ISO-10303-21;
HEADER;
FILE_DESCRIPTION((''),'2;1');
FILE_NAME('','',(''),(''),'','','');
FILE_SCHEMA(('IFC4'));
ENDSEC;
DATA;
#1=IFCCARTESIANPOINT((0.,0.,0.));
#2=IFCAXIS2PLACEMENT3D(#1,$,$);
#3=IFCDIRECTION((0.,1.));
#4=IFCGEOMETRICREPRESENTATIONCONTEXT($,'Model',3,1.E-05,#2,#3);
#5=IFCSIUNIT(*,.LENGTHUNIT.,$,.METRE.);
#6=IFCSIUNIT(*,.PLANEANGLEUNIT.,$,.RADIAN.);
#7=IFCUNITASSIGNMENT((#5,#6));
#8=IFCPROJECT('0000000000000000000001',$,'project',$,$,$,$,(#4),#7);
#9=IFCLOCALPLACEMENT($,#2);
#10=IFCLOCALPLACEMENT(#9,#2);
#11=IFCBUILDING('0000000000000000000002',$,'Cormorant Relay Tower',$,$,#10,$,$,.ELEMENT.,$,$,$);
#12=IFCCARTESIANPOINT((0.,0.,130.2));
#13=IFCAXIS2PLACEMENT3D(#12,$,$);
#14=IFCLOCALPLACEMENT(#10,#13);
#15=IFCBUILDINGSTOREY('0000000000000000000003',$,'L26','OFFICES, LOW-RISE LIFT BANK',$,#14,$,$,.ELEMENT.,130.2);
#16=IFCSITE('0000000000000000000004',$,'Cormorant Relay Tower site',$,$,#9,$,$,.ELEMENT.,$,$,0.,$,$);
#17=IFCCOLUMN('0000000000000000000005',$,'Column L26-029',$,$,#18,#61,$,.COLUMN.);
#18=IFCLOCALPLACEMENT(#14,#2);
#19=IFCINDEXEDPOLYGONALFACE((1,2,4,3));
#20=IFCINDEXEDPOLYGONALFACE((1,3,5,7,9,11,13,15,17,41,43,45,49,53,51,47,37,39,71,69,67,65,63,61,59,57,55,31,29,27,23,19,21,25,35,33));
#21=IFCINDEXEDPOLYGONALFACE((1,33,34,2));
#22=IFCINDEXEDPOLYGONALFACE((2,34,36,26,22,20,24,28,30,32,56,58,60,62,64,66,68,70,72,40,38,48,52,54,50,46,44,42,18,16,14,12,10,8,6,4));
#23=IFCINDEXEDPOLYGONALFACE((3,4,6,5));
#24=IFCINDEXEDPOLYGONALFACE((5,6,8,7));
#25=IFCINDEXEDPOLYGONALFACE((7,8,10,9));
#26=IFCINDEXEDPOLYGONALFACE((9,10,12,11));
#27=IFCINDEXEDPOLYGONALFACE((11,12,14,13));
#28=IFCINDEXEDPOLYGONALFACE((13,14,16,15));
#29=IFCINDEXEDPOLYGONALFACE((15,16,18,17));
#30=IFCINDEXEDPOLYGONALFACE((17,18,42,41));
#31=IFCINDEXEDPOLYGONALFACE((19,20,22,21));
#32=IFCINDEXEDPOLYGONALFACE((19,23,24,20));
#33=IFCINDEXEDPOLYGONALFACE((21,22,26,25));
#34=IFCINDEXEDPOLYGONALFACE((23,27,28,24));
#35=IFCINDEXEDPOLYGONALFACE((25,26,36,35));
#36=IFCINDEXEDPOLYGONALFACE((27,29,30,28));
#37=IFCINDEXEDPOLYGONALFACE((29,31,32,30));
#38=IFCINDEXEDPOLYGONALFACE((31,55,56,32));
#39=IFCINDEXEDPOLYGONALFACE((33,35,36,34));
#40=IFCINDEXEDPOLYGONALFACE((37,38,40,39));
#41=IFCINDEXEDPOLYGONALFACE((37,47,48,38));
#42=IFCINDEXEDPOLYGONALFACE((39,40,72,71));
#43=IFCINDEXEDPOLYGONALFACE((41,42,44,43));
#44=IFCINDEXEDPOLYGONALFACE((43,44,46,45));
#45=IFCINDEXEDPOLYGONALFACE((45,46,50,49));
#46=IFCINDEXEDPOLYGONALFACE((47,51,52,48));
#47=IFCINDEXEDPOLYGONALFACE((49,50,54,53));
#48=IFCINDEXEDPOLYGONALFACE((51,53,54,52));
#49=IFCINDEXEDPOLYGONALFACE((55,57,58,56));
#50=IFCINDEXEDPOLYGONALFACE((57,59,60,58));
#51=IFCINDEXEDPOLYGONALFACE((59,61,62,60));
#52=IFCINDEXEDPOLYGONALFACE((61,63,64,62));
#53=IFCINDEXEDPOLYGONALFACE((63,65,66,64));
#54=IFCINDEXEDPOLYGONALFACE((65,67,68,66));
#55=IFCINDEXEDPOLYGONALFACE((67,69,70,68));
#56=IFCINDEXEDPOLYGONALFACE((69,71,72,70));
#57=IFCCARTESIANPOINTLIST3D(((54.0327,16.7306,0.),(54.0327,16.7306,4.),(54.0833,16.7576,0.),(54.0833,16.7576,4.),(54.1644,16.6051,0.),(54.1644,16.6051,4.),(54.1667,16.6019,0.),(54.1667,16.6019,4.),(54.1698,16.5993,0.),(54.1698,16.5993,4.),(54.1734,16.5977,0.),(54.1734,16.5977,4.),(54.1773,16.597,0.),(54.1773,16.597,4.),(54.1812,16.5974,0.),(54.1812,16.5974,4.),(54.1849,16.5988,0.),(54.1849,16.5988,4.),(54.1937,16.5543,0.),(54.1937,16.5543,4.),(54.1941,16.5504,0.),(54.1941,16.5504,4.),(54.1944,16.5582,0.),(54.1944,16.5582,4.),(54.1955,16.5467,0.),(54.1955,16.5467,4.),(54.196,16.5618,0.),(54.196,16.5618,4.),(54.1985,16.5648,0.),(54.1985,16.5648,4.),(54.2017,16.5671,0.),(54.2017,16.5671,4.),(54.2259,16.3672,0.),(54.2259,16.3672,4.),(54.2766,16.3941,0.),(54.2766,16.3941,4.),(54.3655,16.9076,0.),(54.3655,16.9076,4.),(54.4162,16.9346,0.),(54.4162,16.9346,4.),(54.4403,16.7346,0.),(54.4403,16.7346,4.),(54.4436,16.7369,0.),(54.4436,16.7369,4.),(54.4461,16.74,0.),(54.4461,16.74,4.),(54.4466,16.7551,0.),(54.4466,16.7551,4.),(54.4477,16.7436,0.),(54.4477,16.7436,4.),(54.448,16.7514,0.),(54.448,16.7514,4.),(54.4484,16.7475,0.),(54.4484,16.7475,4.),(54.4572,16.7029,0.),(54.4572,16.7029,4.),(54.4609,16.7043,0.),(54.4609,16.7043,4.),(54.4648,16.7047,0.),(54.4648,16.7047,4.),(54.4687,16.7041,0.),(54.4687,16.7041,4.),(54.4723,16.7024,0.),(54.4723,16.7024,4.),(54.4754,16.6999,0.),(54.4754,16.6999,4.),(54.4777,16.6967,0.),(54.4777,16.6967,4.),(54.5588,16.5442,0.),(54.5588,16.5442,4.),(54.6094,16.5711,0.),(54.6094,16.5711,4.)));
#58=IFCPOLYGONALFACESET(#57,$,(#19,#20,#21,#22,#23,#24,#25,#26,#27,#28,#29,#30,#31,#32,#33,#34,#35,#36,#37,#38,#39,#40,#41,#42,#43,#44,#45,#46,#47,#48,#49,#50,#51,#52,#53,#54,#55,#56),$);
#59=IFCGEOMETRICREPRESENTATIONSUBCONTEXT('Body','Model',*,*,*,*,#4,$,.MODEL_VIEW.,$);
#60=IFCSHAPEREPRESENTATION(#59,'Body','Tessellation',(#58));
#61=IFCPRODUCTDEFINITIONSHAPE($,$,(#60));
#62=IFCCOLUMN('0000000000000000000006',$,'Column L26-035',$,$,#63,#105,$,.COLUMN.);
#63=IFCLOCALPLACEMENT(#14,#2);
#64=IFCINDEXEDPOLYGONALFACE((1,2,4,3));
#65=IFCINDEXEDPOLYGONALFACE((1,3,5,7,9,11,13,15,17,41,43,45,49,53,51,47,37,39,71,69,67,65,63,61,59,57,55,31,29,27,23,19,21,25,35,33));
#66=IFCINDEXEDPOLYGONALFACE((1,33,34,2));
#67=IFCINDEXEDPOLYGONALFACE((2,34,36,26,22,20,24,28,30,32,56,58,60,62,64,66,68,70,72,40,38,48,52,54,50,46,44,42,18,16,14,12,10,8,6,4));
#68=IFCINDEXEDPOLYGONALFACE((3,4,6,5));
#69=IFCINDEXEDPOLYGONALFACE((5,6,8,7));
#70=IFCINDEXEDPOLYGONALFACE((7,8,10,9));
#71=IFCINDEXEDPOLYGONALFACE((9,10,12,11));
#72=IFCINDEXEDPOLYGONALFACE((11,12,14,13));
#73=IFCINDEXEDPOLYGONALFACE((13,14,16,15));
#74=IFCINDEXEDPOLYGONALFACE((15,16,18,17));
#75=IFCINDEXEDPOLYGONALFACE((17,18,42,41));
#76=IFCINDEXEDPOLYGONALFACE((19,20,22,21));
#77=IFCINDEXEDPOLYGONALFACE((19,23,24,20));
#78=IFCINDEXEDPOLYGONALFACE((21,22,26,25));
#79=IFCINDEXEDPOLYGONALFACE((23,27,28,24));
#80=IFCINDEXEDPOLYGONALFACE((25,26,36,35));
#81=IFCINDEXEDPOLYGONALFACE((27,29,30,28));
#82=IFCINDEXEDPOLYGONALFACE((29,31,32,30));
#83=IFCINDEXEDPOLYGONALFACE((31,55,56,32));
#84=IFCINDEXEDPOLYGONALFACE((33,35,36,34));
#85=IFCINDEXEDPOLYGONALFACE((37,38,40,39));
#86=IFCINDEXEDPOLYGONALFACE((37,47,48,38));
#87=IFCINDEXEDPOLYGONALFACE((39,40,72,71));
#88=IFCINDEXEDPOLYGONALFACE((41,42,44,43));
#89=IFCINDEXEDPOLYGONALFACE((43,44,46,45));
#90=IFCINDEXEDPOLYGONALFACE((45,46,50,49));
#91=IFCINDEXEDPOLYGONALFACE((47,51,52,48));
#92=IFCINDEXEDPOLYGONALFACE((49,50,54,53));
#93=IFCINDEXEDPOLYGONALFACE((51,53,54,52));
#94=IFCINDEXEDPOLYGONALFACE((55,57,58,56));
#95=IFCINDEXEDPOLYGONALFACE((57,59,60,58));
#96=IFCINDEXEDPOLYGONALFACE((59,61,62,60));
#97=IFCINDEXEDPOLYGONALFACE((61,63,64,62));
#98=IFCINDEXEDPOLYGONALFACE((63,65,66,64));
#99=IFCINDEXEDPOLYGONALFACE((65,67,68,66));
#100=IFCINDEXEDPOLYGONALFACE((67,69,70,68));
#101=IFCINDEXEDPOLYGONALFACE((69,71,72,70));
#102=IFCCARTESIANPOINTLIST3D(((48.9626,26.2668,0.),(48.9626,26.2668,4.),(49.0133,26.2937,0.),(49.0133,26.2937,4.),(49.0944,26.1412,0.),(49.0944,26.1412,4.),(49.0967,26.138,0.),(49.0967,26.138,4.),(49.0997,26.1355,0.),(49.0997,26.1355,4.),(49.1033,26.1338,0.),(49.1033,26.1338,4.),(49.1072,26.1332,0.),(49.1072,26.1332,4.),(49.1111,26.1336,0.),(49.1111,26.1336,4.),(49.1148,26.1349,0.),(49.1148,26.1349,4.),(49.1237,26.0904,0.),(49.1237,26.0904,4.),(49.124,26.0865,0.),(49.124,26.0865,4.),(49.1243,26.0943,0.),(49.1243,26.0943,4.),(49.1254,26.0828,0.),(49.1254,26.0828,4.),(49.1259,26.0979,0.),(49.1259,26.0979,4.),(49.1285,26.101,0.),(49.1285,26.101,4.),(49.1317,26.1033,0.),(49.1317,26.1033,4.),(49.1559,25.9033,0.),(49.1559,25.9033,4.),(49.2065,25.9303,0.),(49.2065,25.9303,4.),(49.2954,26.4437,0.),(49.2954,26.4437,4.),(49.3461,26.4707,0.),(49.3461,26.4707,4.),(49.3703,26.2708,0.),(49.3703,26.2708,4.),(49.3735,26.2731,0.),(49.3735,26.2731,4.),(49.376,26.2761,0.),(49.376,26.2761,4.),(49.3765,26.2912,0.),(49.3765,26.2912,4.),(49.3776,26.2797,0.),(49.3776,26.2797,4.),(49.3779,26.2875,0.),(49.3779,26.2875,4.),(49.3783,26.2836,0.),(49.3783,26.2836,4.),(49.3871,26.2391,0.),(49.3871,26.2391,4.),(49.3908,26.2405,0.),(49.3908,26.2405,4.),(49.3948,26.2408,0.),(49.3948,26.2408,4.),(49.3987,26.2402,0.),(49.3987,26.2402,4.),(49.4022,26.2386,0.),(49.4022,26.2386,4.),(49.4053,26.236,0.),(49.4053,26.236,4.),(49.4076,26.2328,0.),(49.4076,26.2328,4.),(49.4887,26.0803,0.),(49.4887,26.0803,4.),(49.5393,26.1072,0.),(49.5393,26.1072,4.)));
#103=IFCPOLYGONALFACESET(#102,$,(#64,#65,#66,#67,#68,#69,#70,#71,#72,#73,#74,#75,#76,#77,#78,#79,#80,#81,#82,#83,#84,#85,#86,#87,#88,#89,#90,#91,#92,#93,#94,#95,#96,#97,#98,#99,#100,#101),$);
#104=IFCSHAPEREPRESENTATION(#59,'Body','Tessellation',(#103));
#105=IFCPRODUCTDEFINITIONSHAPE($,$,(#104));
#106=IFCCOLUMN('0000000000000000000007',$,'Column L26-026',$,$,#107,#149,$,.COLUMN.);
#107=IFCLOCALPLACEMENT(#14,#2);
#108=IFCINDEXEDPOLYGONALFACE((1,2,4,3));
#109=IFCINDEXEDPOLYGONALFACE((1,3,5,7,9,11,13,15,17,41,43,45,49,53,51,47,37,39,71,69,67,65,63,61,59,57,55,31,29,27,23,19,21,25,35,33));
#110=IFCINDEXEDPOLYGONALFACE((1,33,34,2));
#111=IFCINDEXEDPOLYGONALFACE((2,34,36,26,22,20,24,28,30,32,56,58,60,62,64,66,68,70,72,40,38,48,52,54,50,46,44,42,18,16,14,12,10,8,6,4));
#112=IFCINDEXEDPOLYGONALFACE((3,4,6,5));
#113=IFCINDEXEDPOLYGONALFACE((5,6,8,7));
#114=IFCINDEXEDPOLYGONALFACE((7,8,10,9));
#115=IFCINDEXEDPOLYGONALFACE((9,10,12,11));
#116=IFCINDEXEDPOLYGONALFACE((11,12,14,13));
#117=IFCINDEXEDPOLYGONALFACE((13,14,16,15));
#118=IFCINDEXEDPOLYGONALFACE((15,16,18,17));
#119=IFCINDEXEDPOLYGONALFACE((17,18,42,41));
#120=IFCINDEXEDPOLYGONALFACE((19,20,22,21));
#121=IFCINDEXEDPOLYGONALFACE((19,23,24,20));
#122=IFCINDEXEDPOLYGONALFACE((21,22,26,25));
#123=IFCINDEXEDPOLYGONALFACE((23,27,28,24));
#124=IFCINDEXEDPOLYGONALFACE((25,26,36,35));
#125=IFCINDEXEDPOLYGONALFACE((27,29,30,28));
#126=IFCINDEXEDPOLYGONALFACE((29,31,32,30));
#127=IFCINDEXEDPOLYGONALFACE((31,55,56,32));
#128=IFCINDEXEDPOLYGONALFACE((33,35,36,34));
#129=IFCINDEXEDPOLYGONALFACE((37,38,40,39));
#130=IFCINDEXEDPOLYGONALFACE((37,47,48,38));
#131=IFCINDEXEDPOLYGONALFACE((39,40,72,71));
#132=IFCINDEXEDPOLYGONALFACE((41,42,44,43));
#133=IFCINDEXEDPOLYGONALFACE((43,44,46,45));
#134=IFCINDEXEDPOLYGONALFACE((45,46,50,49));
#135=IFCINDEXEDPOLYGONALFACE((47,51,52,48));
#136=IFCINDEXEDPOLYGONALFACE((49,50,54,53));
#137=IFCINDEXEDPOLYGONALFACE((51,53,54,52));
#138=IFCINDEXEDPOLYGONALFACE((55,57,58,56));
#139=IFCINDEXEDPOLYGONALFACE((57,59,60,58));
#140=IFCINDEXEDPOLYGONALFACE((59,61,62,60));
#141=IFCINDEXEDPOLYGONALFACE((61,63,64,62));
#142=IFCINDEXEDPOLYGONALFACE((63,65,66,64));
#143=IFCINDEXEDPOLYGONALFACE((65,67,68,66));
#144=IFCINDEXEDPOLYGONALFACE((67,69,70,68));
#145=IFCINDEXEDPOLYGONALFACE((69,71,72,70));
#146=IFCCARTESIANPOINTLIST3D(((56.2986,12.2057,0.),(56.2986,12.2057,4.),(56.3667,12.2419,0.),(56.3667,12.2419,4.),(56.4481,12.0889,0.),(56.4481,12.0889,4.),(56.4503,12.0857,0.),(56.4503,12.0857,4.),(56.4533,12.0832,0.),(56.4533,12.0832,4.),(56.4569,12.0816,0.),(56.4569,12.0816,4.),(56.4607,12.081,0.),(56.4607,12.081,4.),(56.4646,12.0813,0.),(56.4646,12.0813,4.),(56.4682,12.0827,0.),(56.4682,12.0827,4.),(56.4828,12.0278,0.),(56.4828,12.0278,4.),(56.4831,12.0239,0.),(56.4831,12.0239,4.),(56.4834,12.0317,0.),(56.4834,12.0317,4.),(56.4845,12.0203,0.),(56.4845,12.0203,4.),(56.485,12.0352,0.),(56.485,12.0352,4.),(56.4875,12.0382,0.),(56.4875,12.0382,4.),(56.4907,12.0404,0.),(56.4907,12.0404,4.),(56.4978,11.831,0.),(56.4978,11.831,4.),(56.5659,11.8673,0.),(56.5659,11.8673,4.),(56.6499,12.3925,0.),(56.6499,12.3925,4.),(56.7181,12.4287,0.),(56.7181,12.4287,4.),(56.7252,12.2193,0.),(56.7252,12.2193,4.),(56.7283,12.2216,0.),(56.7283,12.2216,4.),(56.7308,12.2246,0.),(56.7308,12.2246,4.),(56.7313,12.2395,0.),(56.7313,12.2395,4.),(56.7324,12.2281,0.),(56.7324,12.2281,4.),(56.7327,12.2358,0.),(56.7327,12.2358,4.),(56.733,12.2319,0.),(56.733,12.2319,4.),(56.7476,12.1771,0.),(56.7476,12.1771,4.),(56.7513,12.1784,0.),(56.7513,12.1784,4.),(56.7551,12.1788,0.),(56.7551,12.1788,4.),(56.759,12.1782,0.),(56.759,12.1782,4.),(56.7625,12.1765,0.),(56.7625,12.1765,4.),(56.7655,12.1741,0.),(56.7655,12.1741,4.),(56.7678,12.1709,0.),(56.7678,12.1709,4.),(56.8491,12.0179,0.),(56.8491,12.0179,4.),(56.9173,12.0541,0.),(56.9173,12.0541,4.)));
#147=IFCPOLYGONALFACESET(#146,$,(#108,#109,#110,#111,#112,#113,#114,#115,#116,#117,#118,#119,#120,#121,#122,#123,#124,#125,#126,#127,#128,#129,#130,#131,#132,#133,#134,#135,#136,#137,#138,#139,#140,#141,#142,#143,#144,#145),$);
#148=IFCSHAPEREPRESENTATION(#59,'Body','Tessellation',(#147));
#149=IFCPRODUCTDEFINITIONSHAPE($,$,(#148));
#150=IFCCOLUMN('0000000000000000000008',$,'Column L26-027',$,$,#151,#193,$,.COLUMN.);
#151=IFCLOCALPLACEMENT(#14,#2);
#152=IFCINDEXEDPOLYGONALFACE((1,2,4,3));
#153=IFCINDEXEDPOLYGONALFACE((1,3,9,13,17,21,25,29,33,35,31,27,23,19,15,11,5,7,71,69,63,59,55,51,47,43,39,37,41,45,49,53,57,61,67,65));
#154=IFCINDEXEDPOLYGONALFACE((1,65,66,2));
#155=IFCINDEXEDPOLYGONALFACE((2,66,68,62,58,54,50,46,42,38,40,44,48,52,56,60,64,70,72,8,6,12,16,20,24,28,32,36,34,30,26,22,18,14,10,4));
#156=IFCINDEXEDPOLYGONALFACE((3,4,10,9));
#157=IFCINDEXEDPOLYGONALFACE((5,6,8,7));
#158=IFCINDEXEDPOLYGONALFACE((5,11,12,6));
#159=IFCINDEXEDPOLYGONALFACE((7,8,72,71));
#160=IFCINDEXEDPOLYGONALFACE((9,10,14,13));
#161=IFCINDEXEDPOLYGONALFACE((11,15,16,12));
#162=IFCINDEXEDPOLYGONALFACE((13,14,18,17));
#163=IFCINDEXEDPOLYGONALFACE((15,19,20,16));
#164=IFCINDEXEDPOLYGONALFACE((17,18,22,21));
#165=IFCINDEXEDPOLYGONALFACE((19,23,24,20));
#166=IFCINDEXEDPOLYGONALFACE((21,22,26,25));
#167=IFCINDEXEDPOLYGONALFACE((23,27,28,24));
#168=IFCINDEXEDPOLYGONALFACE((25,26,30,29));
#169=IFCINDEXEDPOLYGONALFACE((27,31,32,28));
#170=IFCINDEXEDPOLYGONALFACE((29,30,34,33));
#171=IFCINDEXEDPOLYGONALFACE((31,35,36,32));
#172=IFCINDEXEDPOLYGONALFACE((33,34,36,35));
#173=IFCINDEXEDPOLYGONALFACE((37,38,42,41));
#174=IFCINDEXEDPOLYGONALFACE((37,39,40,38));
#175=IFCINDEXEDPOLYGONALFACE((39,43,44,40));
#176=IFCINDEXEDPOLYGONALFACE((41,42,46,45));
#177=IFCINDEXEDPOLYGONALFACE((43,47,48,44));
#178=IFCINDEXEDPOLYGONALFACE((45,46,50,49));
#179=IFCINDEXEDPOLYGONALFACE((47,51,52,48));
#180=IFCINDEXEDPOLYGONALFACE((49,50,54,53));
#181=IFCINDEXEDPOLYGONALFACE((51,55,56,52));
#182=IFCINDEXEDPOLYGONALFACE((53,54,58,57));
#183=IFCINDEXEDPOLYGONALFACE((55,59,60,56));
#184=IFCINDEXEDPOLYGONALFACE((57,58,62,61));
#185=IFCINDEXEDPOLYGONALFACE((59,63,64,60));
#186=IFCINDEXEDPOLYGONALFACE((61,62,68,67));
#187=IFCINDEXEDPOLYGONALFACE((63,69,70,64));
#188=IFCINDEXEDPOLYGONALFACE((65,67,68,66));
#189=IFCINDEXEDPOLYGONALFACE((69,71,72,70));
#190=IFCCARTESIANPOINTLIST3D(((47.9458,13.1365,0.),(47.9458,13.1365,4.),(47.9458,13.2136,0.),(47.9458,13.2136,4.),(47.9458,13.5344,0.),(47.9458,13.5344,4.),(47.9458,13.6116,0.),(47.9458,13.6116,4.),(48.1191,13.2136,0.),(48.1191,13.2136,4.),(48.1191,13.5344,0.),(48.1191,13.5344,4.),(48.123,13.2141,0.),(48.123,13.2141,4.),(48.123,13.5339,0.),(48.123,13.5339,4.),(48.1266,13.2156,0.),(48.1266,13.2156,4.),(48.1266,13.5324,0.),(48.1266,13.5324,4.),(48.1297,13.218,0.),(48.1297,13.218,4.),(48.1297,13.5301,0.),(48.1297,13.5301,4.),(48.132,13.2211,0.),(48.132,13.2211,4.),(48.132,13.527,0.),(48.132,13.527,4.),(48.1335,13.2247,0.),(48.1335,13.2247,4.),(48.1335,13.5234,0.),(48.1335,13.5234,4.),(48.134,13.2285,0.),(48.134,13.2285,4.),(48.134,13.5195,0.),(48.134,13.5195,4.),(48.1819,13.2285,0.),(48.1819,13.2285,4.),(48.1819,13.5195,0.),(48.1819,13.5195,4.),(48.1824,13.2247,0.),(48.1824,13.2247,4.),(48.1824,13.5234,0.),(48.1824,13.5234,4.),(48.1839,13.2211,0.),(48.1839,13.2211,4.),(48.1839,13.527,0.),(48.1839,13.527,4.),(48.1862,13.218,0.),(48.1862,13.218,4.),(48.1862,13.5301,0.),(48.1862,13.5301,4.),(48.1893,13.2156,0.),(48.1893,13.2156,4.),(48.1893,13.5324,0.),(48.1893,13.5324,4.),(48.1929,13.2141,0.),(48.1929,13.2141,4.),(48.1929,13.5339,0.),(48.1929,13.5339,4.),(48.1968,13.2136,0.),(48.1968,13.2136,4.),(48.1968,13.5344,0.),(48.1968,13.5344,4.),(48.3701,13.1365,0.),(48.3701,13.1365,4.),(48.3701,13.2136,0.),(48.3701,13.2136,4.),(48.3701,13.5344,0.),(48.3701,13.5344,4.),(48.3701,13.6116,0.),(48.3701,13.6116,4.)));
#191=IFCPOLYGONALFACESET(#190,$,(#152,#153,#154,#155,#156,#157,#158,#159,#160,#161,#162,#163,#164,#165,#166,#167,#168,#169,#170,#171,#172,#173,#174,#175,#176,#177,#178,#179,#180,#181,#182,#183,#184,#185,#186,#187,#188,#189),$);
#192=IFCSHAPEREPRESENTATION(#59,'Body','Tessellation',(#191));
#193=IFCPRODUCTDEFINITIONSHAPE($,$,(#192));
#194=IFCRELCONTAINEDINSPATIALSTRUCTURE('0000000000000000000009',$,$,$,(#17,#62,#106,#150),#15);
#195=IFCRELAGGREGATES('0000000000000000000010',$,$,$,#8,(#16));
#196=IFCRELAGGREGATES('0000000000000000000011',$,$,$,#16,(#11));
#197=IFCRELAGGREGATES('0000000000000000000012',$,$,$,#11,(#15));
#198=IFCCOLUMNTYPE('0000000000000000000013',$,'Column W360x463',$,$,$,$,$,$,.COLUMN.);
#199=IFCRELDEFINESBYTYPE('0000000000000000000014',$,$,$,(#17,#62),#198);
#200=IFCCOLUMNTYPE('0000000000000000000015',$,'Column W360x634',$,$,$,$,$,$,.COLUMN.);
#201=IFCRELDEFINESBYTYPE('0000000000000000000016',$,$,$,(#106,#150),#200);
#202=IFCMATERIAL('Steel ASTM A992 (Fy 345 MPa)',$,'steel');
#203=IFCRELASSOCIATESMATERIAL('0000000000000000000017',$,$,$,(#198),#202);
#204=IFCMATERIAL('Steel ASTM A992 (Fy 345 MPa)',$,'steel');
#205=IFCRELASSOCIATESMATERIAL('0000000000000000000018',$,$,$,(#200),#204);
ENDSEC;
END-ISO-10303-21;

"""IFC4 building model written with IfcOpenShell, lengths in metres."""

from ifc_helpers import new_model, si_unit, direction, frame, origin, origin_2d, place, context, subcontext, project, spatial, i_section, extrude, material, material_profile, profile_set, type_object, element, save


model = new_model("IFC4")

# Units and contexts
model_context = context("Model", 3, precision=1e-05, world=origin(), true_north=direction((0.0, 1.0)))
body_context = subcontext(model_context, "Body", "Model", "MODEL_VIEW")
ifc_project = project(units=[si_unit("LENGTHUNIT", "METRE"), si_unit("PLANEANGLEUNIT", "RADIAN")], contexts=[model_context])

# Site, building, storey
site_placement = place(None, origin())
site = spatial("IfcSite", under=ifc_project, at=site_placement, Name="Cormorant Relay Tower site", CompositionType="ELEMENT", RefElevation=0.0)
building_placement = place(site_placement, origin())
building = spatial("IfcBuilding", under=site, at=building_placement, Name="Cormorant Relay Tower", CompositionType="ELEMENT")
storey_placement = place(building_placement, frame((0.0, 0.0, 130.2)))
storey = spatial("IfcBuildingStorey", under=building, at=storey_placement, Name="L26", Description="OFFICES, LOW-RISE LIFT BANK", CompositionType="ELEMENT", Elevation=130.2)

# Columns
ifc_material_1 = material(Name="Steel ASTM A992 (Fy 345 MPa)", Category="steel")
ifc_material_profile_1 = material_profile(ifc_material_1, i_section(OverallWidth=0.4116, OverallDepth=0.4343, WebThickness=0.0359, FlangeThickness=0.0574, FilletRadius=0.0151, at=origin_2d()), Name="W360x463")
ifc_profile_set_1 = profile_set([ifc_material_profile_1], Name="Steel ASTM A992 (Fy 345 MPa)")
column_type_1 = type_object("IfcColumnType", Name="Column W360x463", PredefinedType="COLUMN", material=ifc_profile_set_1)
for number, where, z_axis, x_axis, name in (
    (1, (54.321, 16.6509, 0.0), (0.0, 0.0, 1.0), (-0.469472, 0.882948, 0.0), "Column L26-029"),
    (2, (49.251, 26.187, 0.0), (0.0, 0.0, 1.0), (-0.469472, 0.882948, 0.0), "Column L26-035"),
):
    element("IfcColumn", number, at=place(storey_placement, frame(where, z_axis=z_axis, x_axis=x_axis)), inside=storey, type_object=column_type_1, Name=name, PredefinedType="COLUMN", context=body_context, shape_type="SweptSolid", body=[
        extrude(i_section(OverallWidth=0.4116, OverallDepth=0.4343, WebThickness=0.0359, FlangeThickness=0.0574, FilletRadius=0.0151, at=origin_2d()), origin(), (0.0, 0.0, 1.0), 4.0),
    ])
ifc_material_2 = material(Name="Steel ASTM A992 (Fy 345 MPa)", Category="steel")
ifc_material_profile_2 = material_profile(ifc_material_2, i_section(OverallWidth=0.4243, OverallDepth=0.4751, WebThickness=0.0479, FlangeThickness=0.0771, FilletRadius=0.0149, at=origin_2d()), Name="W360x634")
ifc_profile_set_2 = profile_set([ifc_material_profile_2], Name="Steel ASTM A992 (Fy 345 MPa)")
column_type_2 = type_object("IfcColumnType", Name="Column W360x634", PredefinedType="COLUMN", material=ifc_profile_set_2)
for number, where, z_axis, x_axis, name in (
    (3, (56.6079, 12.1299, 0.0), (0.0, 0.0, 1.0), (-0.469472, 0.882948, 0.0), "Column L26-026"),
    (4, (48.158, 13.374, 0.0), (0.0, 0.0, 1.0), (1.0, 0.0, 0.0), "Column L26-027"),
):
    element("IfcColumn", number, at=place(storey_placement, frame(where, z_axis=z_axis, x_axis=x_axis)), inside=storey, type_object=column_type_2, Name=name, PredefinedType="COLUMN", context=body_context, shape_type="SweptSolid", body=[
        extrude(i_section(OverallWidth=0.4243, OverallDepth=0.4751, WebThickness=0.0479, FlangeThickness=0.0771, FilletRadius=0.0149, at=origin_2d()), origin(), (0.0, 0.0, 1.0), 4.0),
    ])

save(model, "model.ifc")
